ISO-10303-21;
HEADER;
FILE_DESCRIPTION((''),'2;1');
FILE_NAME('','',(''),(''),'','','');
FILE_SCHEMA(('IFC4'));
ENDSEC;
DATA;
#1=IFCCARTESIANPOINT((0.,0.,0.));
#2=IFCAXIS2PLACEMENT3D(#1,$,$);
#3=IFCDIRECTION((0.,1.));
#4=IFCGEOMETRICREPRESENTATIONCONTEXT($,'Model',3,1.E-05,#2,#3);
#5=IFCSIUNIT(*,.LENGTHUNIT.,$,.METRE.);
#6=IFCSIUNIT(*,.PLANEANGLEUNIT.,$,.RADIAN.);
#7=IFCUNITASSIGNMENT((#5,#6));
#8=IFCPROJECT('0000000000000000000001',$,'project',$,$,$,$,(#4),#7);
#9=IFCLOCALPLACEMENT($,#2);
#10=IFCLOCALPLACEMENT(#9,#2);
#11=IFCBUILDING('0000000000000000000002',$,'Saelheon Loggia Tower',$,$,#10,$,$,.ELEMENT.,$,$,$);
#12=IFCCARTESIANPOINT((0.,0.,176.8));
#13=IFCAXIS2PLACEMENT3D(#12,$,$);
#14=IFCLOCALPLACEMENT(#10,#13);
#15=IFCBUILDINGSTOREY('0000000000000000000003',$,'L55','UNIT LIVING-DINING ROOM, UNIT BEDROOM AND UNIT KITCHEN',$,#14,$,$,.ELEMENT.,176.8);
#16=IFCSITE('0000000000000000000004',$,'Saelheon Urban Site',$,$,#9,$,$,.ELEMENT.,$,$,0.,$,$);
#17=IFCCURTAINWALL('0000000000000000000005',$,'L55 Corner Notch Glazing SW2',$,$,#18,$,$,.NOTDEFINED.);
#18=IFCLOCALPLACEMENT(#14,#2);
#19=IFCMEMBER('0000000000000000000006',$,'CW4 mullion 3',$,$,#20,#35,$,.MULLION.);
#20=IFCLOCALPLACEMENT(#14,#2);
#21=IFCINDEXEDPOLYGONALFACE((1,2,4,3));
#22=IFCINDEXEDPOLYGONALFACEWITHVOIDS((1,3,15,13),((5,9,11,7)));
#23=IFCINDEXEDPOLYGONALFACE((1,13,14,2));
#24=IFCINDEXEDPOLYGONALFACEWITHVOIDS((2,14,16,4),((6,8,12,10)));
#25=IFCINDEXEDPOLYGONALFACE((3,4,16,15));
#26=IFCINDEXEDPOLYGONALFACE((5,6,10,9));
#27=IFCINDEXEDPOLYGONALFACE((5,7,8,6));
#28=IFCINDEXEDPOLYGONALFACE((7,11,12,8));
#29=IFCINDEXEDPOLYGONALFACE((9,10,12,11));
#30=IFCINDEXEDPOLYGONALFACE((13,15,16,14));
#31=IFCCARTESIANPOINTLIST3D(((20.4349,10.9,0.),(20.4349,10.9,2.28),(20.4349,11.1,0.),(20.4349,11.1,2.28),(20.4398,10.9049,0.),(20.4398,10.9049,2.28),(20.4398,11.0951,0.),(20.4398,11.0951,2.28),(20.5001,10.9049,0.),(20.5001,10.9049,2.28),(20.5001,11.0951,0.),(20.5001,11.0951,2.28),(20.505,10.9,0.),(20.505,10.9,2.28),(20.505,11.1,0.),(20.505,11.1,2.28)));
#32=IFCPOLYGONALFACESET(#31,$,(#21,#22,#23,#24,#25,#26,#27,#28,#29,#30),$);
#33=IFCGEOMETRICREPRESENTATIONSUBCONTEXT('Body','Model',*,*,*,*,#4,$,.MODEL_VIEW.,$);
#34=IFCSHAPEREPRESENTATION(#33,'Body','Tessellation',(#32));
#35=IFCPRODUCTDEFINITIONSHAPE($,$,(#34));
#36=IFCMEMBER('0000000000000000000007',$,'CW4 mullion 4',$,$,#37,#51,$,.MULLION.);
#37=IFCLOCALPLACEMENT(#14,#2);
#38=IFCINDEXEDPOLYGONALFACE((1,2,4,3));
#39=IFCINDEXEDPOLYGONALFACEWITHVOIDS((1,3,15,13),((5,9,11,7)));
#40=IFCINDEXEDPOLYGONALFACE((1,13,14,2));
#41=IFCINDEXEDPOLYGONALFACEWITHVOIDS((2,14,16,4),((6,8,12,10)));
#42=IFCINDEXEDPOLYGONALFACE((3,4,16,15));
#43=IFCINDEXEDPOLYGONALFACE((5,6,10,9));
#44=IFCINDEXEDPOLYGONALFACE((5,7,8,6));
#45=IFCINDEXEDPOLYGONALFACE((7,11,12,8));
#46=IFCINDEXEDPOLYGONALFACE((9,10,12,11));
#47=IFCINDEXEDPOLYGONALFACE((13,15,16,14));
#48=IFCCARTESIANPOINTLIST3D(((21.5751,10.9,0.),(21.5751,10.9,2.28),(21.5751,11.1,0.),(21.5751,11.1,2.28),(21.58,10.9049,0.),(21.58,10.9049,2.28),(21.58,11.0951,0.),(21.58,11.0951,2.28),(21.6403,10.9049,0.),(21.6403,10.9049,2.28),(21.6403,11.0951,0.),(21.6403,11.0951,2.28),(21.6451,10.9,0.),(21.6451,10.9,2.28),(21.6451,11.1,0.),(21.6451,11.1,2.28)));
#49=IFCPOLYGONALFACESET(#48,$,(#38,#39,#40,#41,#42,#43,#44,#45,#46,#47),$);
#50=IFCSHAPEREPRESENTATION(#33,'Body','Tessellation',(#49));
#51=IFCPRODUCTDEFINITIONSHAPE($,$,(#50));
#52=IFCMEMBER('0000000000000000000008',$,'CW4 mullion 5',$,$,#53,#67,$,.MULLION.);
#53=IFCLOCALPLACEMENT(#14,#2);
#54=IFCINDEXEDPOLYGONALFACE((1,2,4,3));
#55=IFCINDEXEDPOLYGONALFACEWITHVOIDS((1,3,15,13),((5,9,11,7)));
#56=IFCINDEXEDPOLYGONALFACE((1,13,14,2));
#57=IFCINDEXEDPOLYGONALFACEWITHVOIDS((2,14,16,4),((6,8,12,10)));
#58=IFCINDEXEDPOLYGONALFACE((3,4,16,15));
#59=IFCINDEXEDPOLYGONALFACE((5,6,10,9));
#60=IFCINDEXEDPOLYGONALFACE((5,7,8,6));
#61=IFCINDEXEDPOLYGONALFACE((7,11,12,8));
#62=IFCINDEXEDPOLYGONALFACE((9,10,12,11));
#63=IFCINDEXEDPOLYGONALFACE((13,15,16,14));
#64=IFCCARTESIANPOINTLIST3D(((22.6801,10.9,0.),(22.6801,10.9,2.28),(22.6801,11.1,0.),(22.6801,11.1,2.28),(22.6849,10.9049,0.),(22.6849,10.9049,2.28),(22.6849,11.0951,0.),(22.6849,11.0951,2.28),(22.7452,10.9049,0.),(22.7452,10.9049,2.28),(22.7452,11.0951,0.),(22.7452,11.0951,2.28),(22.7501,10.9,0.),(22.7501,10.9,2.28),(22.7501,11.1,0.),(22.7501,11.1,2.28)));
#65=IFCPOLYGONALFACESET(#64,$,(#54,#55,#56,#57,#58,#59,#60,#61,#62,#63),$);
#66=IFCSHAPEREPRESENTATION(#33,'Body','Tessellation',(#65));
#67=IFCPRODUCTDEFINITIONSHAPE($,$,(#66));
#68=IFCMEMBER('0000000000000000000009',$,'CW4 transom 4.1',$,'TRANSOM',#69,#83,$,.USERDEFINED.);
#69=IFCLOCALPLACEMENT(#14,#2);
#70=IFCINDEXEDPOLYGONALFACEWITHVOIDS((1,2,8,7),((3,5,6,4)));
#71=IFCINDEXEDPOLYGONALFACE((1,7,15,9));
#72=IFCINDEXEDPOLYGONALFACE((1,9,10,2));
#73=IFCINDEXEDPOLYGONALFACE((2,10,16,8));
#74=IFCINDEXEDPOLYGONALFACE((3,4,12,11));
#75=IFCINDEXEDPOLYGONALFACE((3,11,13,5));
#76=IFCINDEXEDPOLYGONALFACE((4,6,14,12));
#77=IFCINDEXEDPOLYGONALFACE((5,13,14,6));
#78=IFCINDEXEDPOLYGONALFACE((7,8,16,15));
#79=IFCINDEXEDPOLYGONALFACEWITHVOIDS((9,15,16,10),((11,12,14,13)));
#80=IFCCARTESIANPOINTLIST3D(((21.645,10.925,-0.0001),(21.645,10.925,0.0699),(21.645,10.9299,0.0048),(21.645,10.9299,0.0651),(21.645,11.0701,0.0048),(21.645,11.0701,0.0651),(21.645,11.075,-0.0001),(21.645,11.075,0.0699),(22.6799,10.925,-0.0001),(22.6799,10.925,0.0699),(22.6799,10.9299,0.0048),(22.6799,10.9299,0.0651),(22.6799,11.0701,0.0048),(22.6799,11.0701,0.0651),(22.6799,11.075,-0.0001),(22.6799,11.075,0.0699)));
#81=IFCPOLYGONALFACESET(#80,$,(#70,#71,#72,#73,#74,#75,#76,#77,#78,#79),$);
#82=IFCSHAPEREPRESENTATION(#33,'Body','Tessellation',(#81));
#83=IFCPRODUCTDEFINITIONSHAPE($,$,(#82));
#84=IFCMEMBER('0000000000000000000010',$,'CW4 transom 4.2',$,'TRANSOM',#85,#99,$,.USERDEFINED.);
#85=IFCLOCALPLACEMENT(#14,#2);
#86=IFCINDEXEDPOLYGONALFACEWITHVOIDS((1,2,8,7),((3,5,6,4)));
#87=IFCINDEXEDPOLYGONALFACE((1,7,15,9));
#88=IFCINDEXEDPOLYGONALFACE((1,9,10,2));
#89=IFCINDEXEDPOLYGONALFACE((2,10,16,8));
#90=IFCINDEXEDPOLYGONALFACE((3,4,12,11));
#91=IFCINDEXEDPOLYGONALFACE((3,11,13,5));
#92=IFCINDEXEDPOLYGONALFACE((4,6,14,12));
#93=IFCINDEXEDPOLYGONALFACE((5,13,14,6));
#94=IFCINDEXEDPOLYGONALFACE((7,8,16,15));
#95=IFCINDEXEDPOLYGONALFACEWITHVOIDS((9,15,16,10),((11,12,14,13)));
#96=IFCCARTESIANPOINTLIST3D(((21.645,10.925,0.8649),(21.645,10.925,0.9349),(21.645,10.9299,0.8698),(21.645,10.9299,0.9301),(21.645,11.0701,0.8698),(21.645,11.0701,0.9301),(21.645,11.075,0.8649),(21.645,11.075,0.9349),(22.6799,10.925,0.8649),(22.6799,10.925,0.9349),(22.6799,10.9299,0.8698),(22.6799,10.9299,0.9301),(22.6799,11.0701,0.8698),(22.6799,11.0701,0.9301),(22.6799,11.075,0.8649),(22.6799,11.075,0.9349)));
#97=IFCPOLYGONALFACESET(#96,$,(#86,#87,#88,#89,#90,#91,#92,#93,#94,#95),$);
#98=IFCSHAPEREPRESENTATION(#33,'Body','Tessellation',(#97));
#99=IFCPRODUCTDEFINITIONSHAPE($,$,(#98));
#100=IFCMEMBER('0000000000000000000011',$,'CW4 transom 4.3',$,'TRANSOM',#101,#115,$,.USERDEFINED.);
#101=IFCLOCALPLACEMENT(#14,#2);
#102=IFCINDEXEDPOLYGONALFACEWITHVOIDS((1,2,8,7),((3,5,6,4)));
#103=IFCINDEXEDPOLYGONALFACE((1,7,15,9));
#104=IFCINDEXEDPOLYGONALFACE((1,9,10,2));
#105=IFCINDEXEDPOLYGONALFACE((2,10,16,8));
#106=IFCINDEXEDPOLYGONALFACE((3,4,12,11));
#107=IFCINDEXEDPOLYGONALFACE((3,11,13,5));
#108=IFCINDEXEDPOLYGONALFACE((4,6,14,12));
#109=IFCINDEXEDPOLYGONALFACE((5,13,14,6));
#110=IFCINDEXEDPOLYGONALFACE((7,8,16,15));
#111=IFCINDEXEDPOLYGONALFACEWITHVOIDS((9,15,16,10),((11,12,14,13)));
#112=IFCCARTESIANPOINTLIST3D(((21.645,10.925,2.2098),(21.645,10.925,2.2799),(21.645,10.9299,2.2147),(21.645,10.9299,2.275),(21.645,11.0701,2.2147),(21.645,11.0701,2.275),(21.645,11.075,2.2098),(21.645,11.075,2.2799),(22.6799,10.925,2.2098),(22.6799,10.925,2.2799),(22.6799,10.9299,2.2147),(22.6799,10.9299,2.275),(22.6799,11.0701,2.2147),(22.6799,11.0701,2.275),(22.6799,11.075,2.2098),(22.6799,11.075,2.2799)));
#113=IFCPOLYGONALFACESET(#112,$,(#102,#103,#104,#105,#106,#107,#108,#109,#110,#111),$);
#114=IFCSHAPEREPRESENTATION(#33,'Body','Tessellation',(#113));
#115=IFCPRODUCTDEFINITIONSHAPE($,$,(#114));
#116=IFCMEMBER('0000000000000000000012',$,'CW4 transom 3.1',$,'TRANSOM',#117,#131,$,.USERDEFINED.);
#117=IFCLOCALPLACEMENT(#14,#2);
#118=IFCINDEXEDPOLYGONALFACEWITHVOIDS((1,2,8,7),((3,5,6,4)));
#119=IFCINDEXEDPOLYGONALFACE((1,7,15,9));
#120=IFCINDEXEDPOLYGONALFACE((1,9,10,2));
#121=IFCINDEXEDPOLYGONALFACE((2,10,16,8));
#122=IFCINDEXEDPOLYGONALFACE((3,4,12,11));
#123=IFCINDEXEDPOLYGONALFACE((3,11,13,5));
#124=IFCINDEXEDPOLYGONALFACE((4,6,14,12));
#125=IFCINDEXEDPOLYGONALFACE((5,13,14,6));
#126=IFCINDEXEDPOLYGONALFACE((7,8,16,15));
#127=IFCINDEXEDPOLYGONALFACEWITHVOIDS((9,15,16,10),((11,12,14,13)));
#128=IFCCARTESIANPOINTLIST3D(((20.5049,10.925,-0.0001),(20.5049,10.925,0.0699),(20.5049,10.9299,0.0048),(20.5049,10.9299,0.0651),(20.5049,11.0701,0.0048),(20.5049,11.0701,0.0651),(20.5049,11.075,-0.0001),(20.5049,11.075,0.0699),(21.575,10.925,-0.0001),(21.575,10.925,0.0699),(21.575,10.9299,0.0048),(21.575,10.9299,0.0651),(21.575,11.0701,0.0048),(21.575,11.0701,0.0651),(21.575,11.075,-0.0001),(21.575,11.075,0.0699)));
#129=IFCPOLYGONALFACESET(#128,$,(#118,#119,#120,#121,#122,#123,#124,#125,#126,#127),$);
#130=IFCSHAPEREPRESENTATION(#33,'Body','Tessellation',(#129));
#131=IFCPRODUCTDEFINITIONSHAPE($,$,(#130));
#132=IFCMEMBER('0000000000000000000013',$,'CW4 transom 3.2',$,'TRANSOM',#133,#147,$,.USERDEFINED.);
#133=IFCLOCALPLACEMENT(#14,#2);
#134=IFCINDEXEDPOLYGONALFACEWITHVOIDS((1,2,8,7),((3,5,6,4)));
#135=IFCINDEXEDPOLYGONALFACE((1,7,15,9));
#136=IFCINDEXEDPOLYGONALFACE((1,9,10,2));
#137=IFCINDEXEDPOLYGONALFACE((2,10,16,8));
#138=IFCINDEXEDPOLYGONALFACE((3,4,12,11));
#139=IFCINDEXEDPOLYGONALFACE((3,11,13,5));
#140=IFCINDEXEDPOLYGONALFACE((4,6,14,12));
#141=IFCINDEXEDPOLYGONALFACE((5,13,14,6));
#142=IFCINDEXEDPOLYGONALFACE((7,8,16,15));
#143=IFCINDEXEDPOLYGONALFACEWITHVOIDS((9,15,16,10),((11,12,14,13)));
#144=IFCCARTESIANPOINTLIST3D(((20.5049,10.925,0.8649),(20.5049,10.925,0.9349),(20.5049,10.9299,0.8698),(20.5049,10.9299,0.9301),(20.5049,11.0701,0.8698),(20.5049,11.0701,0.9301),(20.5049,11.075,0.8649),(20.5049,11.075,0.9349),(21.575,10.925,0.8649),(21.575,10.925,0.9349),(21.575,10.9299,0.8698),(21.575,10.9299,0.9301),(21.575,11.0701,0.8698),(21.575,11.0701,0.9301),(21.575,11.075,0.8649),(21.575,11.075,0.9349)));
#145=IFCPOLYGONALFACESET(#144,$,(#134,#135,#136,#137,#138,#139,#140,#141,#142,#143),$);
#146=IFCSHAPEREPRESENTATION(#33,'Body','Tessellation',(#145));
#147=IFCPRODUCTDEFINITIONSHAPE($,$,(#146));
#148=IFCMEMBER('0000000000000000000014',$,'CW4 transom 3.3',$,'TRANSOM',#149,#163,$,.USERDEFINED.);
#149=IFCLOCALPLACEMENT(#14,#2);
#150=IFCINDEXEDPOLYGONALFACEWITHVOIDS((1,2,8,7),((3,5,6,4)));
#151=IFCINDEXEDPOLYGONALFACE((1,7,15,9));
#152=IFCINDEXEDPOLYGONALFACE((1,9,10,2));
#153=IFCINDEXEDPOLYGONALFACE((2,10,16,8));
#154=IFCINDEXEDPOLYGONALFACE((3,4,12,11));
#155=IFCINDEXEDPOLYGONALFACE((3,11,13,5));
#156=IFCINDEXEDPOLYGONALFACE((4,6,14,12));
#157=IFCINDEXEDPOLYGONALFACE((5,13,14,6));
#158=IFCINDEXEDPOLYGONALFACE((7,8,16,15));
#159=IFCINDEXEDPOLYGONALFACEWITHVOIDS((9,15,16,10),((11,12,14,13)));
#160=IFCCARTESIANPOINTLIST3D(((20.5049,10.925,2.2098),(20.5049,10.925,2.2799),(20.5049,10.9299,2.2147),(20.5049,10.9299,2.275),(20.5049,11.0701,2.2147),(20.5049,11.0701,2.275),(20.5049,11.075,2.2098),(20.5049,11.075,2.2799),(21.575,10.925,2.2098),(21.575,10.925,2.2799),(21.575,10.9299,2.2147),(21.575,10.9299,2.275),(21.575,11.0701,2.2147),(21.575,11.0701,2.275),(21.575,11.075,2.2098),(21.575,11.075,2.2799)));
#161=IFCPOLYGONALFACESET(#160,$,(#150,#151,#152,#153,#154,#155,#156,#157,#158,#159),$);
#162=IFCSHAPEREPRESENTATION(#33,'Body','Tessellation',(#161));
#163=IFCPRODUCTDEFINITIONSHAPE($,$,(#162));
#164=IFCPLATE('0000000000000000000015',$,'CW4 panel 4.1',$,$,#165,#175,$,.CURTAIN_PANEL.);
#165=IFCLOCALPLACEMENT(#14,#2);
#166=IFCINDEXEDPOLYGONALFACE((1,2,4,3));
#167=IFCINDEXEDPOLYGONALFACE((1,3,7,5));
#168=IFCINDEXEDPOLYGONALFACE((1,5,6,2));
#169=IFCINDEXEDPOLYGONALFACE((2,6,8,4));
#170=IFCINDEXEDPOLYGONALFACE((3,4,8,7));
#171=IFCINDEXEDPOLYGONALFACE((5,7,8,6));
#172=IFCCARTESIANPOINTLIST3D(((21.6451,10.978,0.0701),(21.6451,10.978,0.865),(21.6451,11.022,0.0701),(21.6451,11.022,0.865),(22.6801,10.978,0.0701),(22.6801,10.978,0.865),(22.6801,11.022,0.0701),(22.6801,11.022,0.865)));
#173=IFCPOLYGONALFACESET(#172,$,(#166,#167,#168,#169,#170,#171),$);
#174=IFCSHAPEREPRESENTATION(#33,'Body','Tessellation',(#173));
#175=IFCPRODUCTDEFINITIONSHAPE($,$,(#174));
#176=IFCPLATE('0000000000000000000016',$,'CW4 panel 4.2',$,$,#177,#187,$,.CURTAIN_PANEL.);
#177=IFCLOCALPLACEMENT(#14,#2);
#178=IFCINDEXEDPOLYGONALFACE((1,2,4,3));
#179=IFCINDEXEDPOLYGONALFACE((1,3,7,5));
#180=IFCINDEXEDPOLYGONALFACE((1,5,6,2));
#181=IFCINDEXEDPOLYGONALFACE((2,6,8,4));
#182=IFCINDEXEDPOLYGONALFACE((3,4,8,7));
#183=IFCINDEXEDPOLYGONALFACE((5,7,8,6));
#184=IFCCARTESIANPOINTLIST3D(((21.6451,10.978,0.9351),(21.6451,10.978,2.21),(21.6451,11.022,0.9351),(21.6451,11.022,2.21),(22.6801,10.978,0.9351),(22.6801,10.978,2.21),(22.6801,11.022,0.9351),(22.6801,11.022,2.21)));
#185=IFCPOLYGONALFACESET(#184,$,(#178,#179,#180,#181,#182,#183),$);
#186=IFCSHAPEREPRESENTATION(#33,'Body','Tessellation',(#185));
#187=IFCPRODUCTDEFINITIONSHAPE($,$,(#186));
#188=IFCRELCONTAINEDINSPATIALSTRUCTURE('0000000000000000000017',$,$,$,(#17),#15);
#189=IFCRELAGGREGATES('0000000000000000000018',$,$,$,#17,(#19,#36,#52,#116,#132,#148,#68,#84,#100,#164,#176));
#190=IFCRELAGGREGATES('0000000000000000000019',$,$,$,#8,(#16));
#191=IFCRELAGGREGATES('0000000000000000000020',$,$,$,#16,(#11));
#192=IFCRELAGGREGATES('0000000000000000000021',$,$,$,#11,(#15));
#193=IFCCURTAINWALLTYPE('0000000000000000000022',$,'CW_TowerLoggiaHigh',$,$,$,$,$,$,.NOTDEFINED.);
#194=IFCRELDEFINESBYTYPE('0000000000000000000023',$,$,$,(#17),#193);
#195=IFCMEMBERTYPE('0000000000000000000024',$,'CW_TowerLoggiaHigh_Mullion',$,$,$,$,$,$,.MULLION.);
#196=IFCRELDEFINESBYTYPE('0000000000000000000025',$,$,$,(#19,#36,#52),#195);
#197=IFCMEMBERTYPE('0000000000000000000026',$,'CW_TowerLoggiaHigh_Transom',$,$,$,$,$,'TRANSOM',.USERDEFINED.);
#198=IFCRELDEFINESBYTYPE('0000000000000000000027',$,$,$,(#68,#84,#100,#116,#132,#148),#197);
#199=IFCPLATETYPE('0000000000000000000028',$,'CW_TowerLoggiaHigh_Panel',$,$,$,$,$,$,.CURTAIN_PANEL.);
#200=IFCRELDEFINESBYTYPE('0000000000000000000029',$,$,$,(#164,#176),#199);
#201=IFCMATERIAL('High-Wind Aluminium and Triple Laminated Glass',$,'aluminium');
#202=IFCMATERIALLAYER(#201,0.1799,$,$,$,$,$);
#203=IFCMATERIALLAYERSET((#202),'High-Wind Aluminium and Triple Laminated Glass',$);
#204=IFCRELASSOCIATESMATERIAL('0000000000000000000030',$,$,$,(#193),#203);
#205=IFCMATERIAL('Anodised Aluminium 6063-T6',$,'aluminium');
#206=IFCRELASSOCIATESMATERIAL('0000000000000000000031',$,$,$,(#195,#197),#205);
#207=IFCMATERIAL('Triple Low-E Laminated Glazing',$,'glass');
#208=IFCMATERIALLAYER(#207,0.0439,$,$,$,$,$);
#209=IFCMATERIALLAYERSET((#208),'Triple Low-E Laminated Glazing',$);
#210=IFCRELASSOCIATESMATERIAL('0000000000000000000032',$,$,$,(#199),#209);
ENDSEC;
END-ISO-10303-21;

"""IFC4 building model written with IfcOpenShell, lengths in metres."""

from ifc_helpers import new_model, si_unit, direction, frame, origin, origin_2d, place, context, subcontext, project, spatial, rectangle, hollow_rectangle, extrude, source, transform, mapped, material, layer, layer_set, material_profile, profile_set, type_object, element, aggregate, save


model = new_model("IFC4")

# Units and contexts
model_context = context("Model", 3, precision=1e-05, world=origin(), true_north=direction((0.0, 1.0)))
body_context = subcontext(model_context, "Body", "Model", "MODEL_VIEW")
ifc_project = project(units=[si_unit("LENGTHUNIT", "METRE"), si_unit("PLANEANGLEUNIT", "RADIAN")], contexts=[model_context])

# Site, building, storey
site_placement = place(None, origin())
site = spatial("IfcSite", under=ifc_project, at=site_placement, Name="Saelheon Urban Site", CompositionType="ELEMENT", RefElevation=0.0)
building_placement = place(site_placement, origin())
building = spatial("IfcBuilding", under=site, at=building_placement, Name="Saelheon Loggia Tower", CompositionType="ELEMENT")
storey_placement = place(building_placement, frame((0.0, 0.0, 176.8)))
storey = spatial("IfcBuildingStorey", under=building, at=storey_placement, Name="L55", Description="UNIT LIVING-DINING ROOM, UNIT BEDROOM AND UNIT KITCHEN", CompositionType="ELEMENT", Elevation=176.8)

# Curtain wall, members, plates
ifc_material_1 = material(Name="High-Wind Aluminium and Triple Laminated Glass", Category="aluminium")
ifc_layer_1 = layer(ifc_material_1, 0.1799)
ifc_layer_set_1 = layer_set([ifc_layer_1], Name="High-Wind Aluminium and Triple Laminated Glass")
curtain_wall_type = type_object("IfcCurtainWallType", Name="CW_TowerLoggiaHigh", PredefinedType="NOTDEFINED", material=ifc_layer_set_1)
curtain_wall_placement = place(storey_placement, origin())
curtain_wall = element("IfcCurtainWall", 1, at=curtain_wall_placement, inside=storey, type_object=curtain_wall_type, Name="L55 Corner Notch Glazing SW2", PredefinedType="NOTDEFINED")
ifc_material_2 = material(Name="Anodised Aluminium 6063-T6", Category="aluminium")
ifc_material_profile_1 = material_profile(ifc_material_2, hollow_rectangle(XDim=0.0701, YDim=0.2, WallThickness=0.0049, at=origin_2d()), Name="RHS-200x70x5")
ifc_profile_set_1 = profile_set([ifc_material_profile_1], Name="Anodised Aluminium 6063-T6")
member_type_1 = type_object("IfcMemberType", Name="CW_TowerLoggiaHigh_Mullion", PredefinedType="MULLION", material=ifc_profile_set_1)
shared_shape_1 = source(origin(), body_context, "Body", "SweptSolid", [
    extrude(hollow_rectangle(XDim=0.0701, YDim=0.2, WallThickness=0.0049, at=origin_2d()), origin(), (0.0, 0.0, 1.0), 2.28),
])
member_1_placement = place(storey_placement, frame((20.47, 11.0, 0.0), z_axis=(0.0, 0.0, 1.0), x_axis=(1.0, 0.0, 0.0)))
member_1 = element("IfcMember", 2, at=member_1_placement, type_object=member_type_1, Name="CW4 mullion 3", PredefinedType="MULLION", context=body_context, shape_type="MappedRepresentation", body=[
    mapped(shared_shape_1, transform((0.0, 0.0, 0.0), scale=1.0)),
])
member_2_placement = place(storey_placement, frame((21.6101, 11.0, 0.0), z_axis=(0.0, 0.0, 1.0), x_axis=(1.0, 0.0, 0.0)))
member_2 = element("IfcMember", 3, at=member_2_placement, type_object=member_type_1, Name="CW4 mullion 4", PredefinedType="MULLION", context=body_context, shape_type="MappedRepresentation", body=[
    mapped(shared_shape_1, transform((0.0, 0.0, 0.0), scale=1.0)),
])
member_3_placement = place(storey_placement, frame((22.7151, 11.0, 0.0), z_axis=(0.0, 0.0, 1.0), x_axis=(1.0, 0.0, 0.0)))
member_3 = element("IfcMember", 4, at=member_3_placement, type_object=member_type_1, Name="CW4 mullion 5", PredefinedType="MULLION", context=body_context, shape_type="MappedRepresentation", body=[
    mapped(shared_shape_1, transform((0.0, 0.0, 0.0), scale=1.0)),
])
ifc_material_profile_2 = material_profile(ifc_material_2, hollow_rectangle(XDim=0.0701, YDim=0.1499, WallThickness=0.0049, at=origin_2d()), Name="RHS-150x70x5")
ifc_profile_set_2 = profile_set([ifc_material_profile_2], Name="Anodised Aluminium 6063-T6")
member_type_2 = type_object("IfcMemberType", Name="CW_TowerLoggiaHigh_Transom", ElementType="TRANSOM", PredefinedType="USERDEFINED", material=ifc_profile_set_2)
shared_shape_2 = source(origin(), body_context, "Body", "SweptSolid", [
    extrude(hollow_rectangle(XDim=0.0701, YDim=0.1499, WallThickness=0.0049, at=origin_2d()), origin(), (0.0, 0.0, 1.0), 1.0349),
])
member_4_placement = place(storey_placement, frame((21.645, 11.0, 0.0349), z_axis=(1.0, 0.0, 0.0), x_axis=(0.0, 0.0, 1.0)))
member_4 = element("IfcMember", 5, at=member_4_placement, type_object=member_type_2, Name="CW4 transom 4.1", ObjectType="TRANSOM", PredefinedType="USERDEFINED", context=body_context, shape_type="MappedRepresentation", body=[
    mapped(shared_shape_2, transform((0.0, 0.0, 0.0), scale=1.0)),
])
member_5_placement = place(storey_placement, frame((21.645, 11.0, 0.8999), z_axis=(1.0, 0.0, 0.0), x_axis=(0.0, 0.0, 1.0)))
member_5 = element("IfcMember", 6, at=member_5_placement, type_object=member_type_2, Name="CW4 transom 4.2", ObjectType="TRANSOM", PredefinedType="USERDEFINED", context=body_context, shape_type="MappedRepresentation", body=[
    mapped(shared_shape_2, transform((0.0, 0.0, 0.0), scale=1.0)),
])
member_6_placement = place(storey_placement, frame((21.645, 11.0, 2.2449), z_axis=(1.0, 0.0, 0.0), x_axis=(0.0, 0.0, 1.0)))
member_6 = element("IfcMember", 7, at=member_6_placement, type_object=member_type_2, Name="CW4 transom 4.3", ObjectType="TRANSOM", PredefinedType="USERDEFINED", context=body_context, shape_type="MappedRepresentation", body=[
    mapped(shared_shape_2, transform((0.0, 0.0, 0.0), scale=1.0)),
])
shared_shape_3 = source(origin(), body_context, "Body", "SweptSolid", [
    extrude(hollow_rectangle(XDim=0.0701, YDim=0.1499, WallThickness=0.0049, at=origin_2d()), origin(), (0.0, 0.0, 1.0), 1.0701),
])
member_7_placement = place(storey_placement, frame((20.5049, 11.0, 0.0349), z_axis=(1.0, 0.0, 0.0), x_axis=(0.0, 0.0, 1.0)))
member_7 = element("IfcMember", 8, at=member_7_placement, type_object=member_type_2, Name="CW4 transom 3.1", ObjectType="TRANSOM", PredefinedType="USERDEFINED", context=body_context, shape_type="MappedRepresentation", body=[
    mapped(shared_shape_3, transform((0.0, 0.0, 0.0), scale=1.0)),
])
member_8_placement = place(storey_placement, frame((20.5049, 11.0, 0.8999), z_axis=(1.0, 0.0, 0.0), x_axis=(0.0, 0.0, 1.0)))
member_8 = element("IfcMember", 9, at=member_8_placement, type_object=member_type_2, Name="CW4 transom 3.2", ObjectType="TRANSOM", PredefinedType="USERDEFINED", context=body_context, shape_type="MappedRepresentation", body=[
    mapped(shared_shape_3, transform((0.0, 0.0, 0.0), scale=1.0)),
])
member_9_placement = place(storey_placement, frame((20.5049, 11.0, 2.2449), z_axis=(1.0, 0.0, 0.0), x_axis=(0.0, 0.0, 1.0)))
member_9 = element("IfcMember", 10, at=member_9_placement, type_object=member_type_2, Name="CW4 transom 3.3", ObjectType="TRANSOM", PredefinedType="USERDEFINED", context=body_context, shape_type="MappedRepresentation", body=[
    mapped(shared_shape_3, transform((0.0, 0.0, 0.0), scale=1.0)),
])
ifc_material_3 = material(Name="Triple Low-E Laminated Glazing", Category="glass")
ifc_layer_2 = layer(ifc_material_3, 0.0439)
ifc_layer_set_2 = layer_set([ifc_layer_2], Name="Triple Low-E Laminated Glazing")
plate_type = type_object("IfcPlateType", Name="CW_TowerLoggiaHigh_Panel", PredefinedType="CURTAIN_PANEL", material=ifc_layer_set_2)
shared_shape_4 = source(origin(), body_context, "Body", "SweptSolid", [
    extrude(rectangle(XDim=1.0349, YDim=0.0439, at=origin_2d()), origin(), (0.0, 0.0, 1.0), 0.7949),
])
plate_1_placement = place(storey_placement, frame((22.1626, 11.0, 0.0701), z_axis=(0.0, 0.0, 1.0), x_axis=(1.0, 0.0, 0.0)))
plate_1 = element("IfcPlate", 11, at=plate_1_placement, type_object=plate_type, Name="CW4 panel 4.1", PredefinedType="CURTAIN_PANEL", context=body_context, shape_type="MappedRepresentation", body=[
    mapped(shared_shape_4, transform((0.0, 0.0, 0.0), scale=1.0)),
])
shared_shape_5 = source(origin(), body_context, "Body", "SweptSolid", [
    extrude(rectangle(XDim=1.0349, YDim=0.0439, at=origin_2d()), origin(), (0.0, 0.0, 1.0), 1.2749),
])
plate_2_placement = place(storey_placement, frame((22.1626, 11.0, 0.9351), z_axis=(0.0, 0.0, 1.0), x_axis=(1.0, 0.0, 0.0)))
plate_2 = element("IfcPlate", 12, at=plate_2_placement, type_object=plate_type, Name="CW4 panel 4.2", PredefinedType="CURTAIN_PANEL", context=body_context, shape_type="MappedRepresentation", body=[
    mapped(shared_shape_5, transform((0.0, 0.0, 0.0), scale=1.0)),
])
aggregate(curtain_wall, [member_1, member_2, member_3, member_7, member_8, member_9, member_4, member_5, member_6, plate_1, plate_2])

save(model, "model.ifc")
